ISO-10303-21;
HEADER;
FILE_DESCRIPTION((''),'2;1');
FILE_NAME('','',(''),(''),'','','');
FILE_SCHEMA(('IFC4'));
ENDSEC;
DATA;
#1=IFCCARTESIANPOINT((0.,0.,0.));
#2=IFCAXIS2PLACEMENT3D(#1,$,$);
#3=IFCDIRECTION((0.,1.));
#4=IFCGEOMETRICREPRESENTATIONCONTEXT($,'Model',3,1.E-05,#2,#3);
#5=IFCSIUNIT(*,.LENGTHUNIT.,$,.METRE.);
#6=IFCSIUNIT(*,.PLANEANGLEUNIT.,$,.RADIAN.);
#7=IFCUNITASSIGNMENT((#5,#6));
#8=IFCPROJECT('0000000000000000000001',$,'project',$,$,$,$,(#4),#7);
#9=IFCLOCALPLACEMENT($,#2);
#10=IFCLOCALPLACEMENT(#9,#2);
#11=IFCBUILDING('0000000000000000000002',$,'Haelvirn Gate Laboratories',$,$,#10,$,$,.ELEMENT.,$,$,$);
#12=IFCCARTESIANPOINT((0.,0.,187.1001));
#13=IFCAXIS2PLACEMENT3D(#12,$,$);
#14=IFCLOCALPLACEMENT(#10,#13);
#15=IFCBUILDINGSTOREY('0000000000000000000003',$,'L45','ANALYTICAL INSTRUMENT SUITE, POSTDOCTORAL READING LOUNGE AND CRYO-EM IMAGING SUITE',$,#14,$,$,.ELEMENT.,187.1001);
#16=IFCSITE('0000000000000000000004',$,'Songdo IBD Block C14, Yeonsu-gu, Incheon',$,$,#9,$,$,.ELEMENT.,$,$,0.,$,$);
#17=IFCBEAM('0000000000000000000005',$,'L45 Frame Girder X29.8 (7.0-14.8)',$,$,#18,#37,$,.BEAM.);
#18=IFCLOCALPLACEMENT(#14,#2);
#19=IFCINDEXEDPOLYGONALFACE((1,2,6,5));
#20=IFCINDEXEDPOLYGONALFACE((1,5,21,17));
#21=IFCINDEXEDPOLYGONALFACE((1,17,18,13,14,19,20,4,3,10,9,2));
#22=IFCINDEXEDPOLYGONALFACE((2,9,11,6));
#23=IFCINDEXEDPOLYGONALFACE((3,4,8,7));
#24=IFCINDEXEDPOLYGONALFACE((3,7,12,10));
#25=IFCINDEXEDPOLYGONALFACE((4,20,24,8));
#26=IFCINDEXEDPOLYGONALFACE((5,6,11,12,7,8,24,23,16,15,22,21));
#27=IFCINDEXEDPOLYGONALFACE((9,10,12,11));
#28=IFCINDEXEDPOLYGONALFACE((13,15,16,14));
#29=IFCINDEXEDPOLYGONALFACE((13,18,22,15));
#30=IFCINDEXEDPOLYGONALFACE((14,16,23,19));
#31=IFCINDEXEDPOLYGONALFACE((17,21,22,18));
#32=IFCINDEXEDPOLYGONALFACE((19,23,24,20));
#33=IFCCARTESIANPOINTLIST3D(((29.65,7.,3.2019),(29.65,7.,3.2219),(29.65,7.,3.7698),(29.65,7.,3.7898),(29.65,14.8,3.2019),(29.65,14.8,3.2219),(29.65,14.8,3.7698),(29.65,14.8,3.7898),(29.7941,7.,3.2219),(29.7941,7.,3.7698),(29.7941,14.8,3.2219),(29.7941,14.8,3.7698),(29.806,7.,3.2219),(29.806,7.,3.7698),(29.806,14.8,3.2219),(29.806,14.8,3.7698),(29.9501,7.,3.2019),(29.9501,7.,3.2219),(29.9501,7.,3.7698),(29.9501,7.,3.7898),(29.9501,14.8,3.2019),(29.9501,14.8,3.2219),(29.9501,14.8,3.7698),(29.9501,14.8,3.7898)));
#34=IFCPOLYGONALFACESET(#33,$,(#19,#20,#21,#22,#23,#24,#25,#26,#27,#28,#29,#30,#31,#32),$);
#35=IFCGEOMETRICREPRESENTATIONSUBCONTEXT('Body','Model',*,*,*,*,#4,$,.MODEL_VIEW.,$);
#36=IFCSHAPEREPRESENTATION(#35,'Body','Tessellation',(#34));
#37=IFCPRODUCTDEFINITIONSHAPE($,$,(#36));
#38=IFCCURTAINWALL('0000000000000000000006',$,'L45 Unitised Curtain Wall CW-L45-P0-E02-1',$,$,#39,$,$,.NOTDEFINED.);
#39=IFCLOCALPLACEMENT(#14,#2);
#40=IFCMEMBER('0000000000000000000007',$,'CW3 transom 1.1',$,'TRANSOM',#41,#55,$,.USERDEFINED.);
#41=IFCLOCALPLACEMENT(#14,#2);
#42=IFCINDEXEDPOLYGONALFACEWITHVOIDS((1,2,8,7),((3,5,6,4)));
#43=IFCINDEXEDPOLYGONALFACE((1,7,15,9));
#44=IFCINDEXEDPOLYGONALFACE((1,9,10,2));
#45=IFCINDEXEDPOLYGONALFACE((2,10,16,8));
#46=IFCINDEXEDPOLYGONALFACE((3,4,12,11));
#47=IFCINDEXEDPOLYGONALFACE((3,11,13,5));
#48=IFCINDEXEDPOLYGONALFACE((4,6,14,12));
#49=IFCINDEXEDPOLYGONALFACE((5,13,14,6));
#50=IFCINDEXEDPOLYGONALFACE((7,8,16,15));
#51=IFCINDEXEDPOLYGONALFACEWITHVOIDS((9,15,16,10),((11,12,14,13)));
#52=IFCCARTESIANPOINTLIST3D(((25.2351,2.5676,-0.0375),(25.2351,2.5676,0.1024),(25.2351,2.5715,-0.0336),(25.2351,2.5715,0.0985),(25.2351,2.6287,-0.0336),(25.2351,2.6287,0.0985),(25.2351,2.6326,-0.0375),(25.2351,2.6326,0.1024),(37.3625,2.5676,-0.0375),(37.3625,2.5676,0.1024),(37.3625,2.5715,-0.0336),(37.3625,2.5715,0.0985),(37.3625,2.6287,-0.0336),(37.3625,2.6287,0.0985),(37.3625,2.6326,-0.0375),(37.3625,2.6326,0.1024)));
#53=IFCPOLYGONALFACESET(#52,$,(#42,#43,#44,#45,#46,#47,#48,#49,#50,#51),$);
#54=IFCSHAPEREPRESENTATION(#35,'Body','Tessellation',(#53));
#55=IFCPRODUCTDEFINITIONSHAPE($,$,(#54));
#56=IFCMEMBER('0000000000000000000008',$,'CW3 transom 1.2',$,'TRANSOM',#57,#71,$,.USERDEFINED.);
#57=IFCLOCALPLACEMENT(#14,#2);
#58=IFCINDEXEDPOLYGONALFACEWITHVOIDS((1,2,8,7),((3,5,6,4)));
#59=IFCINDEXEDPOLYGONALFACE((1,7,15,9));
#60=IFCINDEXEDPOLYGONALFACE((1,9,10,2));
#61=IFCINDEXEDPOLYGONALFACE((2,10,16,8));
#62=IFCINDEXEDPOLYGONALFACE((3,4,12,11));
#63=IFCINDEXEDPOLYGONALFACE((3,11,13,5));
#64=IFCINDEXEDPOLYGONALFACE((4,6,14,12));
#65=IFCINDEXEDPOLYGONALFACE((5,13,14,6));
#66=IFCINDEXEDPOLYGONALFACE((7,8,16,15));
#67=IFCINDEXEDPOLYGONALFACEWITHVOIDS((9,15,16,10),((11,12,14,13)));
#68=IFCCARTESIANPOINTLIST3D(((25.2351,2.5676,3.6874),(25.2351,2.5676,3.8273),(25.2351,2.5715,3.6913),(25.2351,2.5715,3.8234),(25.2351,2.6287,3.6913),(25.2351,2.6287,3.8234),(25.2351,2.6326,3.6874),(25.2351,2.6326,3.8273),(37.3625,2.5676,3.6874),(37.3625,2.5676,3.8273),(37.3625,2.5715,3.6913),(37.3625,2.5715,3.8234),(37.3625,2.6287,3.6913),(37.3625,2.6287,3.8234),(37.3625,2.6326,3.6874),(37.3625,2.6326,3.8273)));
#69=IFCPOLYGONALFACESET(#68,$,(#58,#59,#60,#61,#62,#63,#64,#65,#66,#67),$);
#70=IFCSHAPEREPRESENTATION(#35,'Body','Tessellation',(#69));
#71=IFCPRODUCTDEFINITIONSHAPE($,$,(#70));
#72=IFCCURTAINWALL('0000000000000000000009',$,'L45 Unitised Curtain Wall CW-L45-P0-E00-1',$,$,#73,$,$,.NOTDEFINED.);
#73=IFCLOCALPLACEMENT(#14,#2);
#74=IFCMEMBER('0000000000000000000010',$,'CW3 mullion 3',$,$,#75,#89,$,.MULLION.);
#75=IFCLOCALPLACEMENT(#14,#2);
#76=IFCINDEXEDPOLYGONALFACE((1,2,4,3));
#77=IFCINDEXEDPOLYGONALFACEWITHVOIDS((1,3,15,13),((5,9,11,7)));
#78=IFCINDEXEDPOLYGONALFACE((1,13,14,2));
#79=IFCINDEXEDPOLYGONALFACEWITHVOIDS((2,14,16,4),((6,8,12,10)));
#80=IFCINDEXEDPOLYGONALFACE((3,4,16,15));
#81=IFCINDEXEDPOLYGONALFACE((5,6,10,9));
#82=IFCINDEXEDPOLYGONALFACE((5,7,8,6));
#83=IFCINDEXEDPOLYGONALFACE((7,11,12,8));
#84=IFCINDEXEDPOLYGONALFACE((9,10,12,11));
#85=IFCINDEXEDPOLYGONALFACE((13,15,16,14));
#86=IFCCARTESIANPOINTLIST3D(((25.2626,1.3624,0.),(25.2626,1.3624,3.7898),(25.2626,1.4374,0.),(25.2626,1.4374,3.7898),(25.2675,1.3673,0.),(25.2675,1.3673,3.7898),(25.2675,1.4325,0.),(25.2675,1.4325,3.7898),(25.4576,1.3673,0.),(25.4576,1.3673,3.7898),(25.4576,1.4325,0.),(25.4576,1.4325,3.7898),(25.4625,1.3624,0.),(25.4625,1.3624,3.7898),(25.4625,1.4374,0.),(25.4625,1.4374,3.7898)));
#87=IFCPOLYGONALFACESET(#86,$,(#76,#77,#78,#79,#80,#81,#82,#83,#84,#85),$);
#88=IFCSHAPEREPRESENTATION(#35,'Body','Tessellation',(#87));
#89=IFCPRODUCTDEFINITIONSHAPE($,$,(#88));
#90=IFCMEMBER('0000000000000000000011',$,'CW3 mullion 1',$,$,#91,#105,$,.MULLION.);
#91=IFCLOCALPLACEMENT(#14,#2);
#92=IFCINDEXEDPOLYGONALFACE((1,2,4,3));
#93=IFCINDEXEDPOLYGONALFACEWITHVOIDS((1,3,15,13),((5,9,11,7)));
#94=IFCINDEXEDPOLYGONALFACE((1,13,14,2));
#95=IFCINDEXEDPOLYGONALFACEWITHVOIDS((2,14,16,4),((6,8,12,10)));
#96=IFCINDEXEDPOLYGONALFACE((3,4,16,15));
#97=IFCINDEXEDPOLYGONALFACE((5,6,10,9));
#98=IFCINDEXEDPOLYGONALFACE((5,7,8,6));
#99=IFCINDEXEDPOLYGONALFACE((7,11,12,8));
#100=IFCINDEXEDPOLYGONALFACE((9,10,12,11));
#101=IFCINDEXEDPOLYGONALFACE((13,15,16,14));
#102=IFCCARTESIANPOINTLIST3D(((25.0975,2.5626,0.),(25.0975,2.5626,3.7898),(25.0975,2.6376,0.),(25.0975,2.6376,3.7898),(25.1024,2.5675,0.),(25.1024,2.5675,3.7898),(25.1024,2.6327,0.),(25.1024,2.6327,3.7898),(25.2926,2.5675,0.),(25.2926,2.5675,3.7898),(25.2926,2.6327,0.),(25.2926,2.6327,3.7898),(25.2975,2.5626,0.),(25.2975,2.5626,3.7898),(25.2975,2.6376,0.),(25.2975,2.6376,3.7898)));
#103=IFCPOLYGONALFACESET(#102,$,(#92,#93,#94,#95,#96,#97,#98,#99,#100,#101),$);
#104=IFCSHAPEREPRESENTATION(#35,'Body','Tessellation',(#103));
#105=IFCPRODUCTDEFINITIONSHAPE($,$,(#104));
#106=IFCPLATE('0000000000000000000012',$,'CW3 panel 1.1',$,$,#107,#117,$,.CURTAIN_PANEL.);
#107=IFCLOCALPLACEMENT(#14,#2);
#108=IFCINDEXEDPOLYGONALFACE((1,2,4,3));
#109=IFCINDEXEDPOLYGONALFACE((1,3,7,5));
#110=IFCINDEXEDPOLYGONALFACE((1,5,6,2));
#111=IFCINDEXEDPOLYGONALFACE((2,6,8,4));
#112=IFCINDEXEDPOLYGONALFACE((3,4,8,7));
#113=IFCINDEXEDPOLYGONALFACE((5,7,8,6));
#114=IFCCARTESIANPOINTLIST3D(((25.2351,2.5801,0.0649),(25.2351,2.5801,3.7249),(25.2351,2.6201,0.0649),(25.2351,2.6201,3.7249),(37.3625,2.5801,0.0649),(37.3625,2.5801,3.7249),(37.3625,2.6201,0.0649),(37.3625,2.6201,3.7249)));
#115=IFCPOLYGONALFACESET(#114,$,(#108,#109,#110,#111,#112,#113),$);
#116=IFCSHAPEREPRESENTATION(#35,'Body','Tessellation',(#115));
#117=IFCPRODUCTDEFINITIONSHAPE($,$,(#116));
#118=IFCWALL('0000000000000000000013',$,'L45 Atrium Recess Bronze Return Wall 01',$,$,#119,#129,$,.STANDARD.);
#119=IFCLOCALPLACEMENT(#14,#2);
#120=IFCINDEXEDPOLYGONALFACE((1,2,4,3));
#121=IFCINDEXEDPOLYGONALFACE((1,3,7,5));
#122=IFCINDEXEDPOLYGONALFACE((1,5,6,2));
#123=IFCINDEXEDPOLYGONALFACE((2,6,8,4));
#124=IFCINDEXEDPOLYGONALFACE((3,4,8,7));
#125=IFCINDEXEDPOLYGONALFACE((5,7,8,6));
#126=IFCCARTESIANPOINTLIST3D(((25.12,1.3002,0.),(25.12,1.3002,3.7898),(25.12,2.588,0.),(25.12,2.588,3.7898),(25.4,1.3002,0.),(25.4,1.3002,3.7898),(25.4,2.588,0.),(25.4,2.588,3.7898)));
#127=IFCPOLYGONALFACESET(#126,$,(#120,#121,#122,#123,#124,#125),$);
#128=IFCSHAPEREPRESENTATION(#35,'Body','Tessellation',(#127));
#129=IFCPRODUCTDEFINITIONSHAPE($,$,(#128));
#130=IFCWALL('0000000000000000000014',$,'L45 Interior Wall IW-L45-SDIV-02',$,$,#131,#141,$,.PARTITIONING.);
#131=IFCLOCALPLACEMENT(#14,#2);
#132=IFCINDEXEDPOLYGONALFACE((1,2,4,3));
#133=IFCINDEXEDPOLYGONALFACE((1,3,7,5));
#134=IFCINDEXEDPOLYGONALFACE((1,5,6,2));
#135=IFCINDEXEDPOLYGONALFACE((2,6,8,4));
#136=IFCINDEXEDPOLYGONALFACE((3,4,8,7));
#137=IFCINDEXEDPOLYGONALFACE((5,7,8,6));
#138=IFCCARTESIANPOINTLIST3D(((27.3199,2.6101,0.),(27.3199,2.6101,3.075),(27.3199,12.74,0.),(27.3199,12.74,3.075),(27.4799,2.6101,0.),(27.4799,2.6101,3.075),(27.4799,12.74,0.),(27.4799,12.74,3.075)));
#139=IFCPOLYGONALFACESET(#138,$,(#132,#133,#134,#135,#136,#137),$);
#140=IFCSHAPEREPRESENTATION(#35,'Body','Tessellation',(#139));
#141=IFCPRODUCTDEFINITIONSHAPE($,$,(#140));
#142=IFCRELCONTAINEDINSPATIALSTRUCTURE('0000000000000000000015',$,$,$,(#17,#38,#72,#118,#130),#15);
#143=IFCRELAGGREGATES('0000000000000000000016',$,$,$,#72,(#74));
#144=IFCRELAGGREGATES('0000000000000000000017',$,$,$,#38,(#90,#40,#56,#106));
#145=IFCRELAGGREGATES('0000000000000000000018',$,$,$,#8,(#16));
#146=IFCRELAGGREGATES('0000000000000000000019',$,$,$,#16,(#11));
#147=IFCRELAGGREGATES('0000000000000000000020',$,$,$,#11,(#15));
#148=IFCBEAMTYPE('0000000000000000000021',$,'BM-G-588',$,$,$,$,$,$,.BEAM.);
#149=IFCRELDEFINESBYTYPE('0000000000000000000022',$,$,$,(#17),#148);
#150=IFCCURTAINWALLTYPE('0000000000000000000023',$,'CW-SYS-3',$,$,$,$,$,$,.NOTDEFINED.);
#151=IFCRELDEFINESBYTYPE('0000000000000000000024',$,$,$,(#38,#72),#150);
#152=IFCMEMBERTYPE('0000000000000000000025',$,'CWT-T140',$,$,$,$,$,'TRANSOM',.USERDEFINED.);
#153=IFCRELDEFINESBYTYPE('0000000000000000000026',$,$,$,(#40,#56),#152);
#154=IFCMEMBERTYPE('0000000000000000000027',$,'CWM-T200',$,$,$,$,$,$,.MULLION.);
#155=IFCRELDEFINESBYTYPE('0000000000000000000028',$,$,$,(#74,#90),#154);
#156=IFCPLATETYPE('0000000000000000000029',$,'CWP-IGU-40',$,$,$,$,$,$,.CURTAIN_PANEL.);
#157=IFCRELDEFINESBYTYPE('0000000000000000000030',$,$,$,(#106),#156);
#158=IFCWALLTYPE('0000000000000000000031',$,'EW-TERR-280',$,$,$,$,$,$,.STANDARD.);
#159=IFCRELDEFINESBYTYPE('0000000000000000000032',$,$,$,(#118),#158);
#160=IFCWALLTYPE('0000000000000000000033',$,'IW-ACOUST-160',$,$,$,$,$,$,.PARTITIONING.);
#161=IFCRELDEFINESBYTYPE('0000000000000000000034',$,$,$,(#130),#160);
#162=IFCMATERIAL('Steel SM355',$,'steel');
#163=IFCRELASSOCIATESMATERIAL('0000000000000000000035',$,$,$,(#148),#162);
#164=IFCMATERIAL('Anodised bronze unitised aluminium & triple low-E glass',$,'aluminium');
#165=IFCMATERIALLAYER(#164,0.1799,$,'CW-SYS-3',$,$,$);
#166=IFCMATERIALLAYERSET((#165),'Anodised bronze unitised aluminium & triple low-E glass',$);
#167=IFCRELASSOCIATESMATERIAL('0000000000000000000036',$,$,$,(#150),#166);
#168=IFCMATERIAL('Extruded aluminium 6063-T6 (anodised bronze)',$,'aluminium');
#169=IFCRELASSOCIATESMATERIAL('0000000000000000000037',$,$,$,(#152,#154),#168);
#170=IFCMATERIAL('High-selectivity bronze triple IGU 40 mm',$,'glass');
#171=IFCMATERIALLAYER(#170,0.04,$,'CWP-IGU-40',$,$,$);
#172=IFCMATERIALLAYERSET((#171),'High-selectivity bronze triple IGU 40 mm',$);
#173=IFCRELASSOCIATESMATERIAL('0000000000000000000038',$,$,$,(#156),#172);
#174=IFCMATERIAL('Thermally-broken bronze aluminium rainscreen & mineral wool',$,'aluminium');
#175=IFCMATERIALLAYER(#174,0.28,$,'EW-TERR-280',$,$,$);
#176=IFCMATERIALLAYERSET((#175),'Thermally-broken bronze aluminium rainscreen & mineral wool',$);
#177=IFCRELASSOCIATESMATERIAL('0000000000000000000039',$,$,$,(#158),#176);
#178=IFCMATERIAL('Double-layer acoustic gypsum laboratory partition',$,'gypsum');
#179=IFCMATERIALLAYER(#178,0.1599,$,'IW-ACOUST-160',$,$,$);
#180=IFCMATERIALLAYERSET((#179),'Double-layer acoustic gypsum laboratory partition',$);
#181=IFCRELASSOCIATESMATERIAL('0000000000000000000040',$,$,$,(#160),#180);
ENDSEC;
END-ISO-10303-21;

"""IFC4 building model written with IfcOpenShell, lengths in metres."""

from ifc_helpers import new_model, si_unit, direction, frame, frame_2d, origin, origin_2d, place, context, subcontext, project, spatial, rectangle, hollow_rectangle, i_section, extrude, source, transform, mapped, material, layer, layer_set, material_profile, profile_set, type_object, type_shapes, element, aggregate, save


model = new_model("IFC4")

# Units and contexts
model_context = context("Model", 3, precision=1e-05, world=origin(), true_north=direction((0.0, 1.0)))
body_context = subcontext(model_context, "Body", "Model", "MODEL_VIEW")
ifc_project = project(units=[si_unit("LENGTHUNIT", "METRE"), si_unit("PLANEANGLEUNIT", "RADIAN")], contexts=[model_context])

# Site, building, storey
site_placement = place(None, origin())
site = spatial("IfcSite", under=ifc_project, at=site_placement, Name="Songdo IBD Block C14, Yeonsu-gu, Incheon", CompositionType="ELEMENT", RefElevation=0.0)
building_placement = place(site_placement, origin())
building = spatial("IfcBuilding", under=site, at=building_placement, Name="Haelvirn Gate Laboratories", CompositionType="ELEMENT")
storey_placement = place(building_placement, frame((0.0, 0.0, 187.1001)))
storey = spatial("IfcBuildingStorey", under=building, at=storey_placement, Name="L45", Description="ANALYTICAL INSTRUMENT SUITE, POSTDOCTORAL READING LOUNGE AND CRYO-EM IMAGING SUITE", CompositionType="ELEMENT", Elevation=187.1001)

# Shared definitions
ifc_material_1 = material(Name="Steel SM355", Category="steel")

# Beam
ifc_material_profile_1 = material_profile(ifc_material_1, i_section(OverallWidth=0.3, OverallDepth=0.5879, WebThickness=0.012, FlangeThickness=0.02, at=origin_2d()), Name="H-588x300x12x20")
ifc_profile_set_1 = profile_set([ifc_material_profile_1], Name="Steel SM355")
beam_type_1 = type_object("IfcBeamType", Name="BM-G-588", PredefinedType="BEAM", material=ifc_profile_set_1)
shared_shape_1 = source(origin(), body_context, "Body", "SweptSolid", [
    extrude(i_section(OverallWidth=0.3, OverallDepth=0.5879, WebThickness=0.012, FlangeThickness=0.02, at=origin_2d()), origin(), (0.0, 0.0, 1.0), 7.8),
])
type_shapes(beam_type_1, [shared_shape_1])
beam_placement = place(storey_placement, frame((29.8, 7.0, 3.4958), z_axis=(0.0, 1.0, 0.0), x_axis=(-1.0, 0.0, 0.0)))
element("IfcBeam", 1, at=beam_placement, inside=storey, type_object=beam_type_1, Name="L45 Frame Girder X29.8 (7.0-14.8)", PredefinedType="BEAM", context=body_context, shape_type="MappedRepresentation", body=[
    mapped(shared_shape_1, transform((0.0, 0.0, 0.0), scale=1.0)),
])

# Curtain wall, members
ifc_material_2 = material(Name="Anodised bronze unitised aluminium & triple low-E glass", Category="aluminium")
ifc_layer_1 = layer(ifc_material_2, 0.1799, Name="CW-SYS-3")
ifc_layer_set_1 = layer_set([ifc_layer_1], Name="Anodised bronze unitised aluminium & triple low-E glass")
curtain_wall_type = type_object("IfcCurtainWallType", Name="CW-SYS-3", PredefinedType="NOTDEFINED", material=ifc_layer_set_1)
curtain_wall_1_placement = place(storey_placement, origin())
curtain_wall_1 = element("IfcCurtainWall", 2, at=curtain_wall_1_placement, inside=storey, type_object=curtain_wall_type, Name="L45 Unitised Curtain Wall CW-L45-P0-E02-1", PredefinedType="NOTDEFINED")
ifc_material_3 = material(Name="Extruded aluminium 6063-T6 (anodised bronze)", Category="aluminium")
ifc_material_profile_2 = material_profile(ifc_material_3, hollow_rectangle(XDim=0.0649, YDim=0.1399, WallThickness=0.0039, at=origin_2d()), Name="CWT-140x65x4")
ifc_profile_set_2 = profile_set([ifc_material_profile_2], Name="Extruded aluminium 6063-T6 (anodised bronze)")
member_type_1 = type_object("IfcMemberType", Name="CWT-T140", ElementType="TRANSOM", PredefinedType="USERDEFINED", material=ifc_profile_set_2)
shared_shape_2 = source(origin(), body_context, "Body", "SweptSolid", [
    extrude(hollow_rectangle(XDim=0.0649, YDim=0.1399, WallThickness=0.0039, at=origin_2d()), origin(), (0.0, 0.0, 1.0), 12.1274),
])
type_shapes(member_type_1, [shared_shape_2])
member_1_placement = place(storey_placement, frame((25.2351, 2.6001, 0.0325), z_axis=(1.0, 0.0, 0.0), x_axis=(0.0, 1.0, 0.0)))
member_1 = element("IfcMember", 3, at=member_1_placement, type_object=member_type_1, Name="CW3 transom 1.1", ObjectType="TRANSOM", PredefinedType="USERDEFINED", context=body_context, shape_type="MappedRepresentation", body=[
    mapped(shared_shape_2, transform((0.0, 0.0, 0.0), scale=1.0)),
])
member_2_placement = place(storey_placement, frame((25.2351, 2.6001, 3.7573), z_axis=(1.0, 0.0, 0.0), x_axis=(0.0, 1.0, 0.0)))
member_2 = element("IfcMember", 4, at=member_2_placement, type_object=member_type_1, Name="CW3 transom 1.2", ObjectType="TRANSOM", PredefinedType="USERDEFINED", context=body_context, shape_type="MappedRepresentation", body=[
    mapped(shared_shape_2, transform((0.0, 0.0, 0.0), scale=1.0)),
])

# Curtain wall, member
curtain_wall_2_placement = place(storey_placement, origin())
curtain_wall_2 = element("IfcCurtainWall", 5, at=curtain_wall_2_placement, inside=storey, type_object=curtain_wall_type, Name="L45 Unitised Curtain Wall CW-L45-P0-E00-1", PredefinedType="NOTDEFINED")
ifc_material_profile_3 = material_profile(ifc_material_3, hollow_rectangle(XDim=0.075, YDim=0.2, WallThickness=0.0049, at=origin_2d()), Name="CWM-200x75x5")
ifc_profile_set_3 = profile_set([ifc_material_profile_3], Name="Extruded aluminium 6063-T6 (anodised bronze)")
member_type_2 = type_object("IfcMemberType", Name="CWM-T200", PredefinedType="MULLION", material=ifc_profile_set_3)
shared_shape_3 = source(origin(), body_context, "Body", "SweptSolid", [
    extrude(hollow_rectangle(XDim=0.075, YDim=0.2, WallThickness=0.0049, at=origin_2d()), origin(), (0.0, 0.0, 1.0), 3.7898),
])
type_shapes(member_type_2, [shared_shape_3])
member_3_placement = place(storey_placement, frame((25.3625, 1.3999, 0.0), z_axis=(0.0, 0.0, 1.0), x_axis=(0.0, 1.0, 0.0)))
member_3 = element("IfcMember", 6, at=member_3_placement, type_object=member_type_2, Name="CW3 mullion 3", PredefinedType="MULLION", context=body_context, shape_type="MappedRepresentation", body=[
    mapped(shared_shape_3, transform((0.0, 0.0, 0.0), scale=1.0)),
])
aggregate(curtain_wall_2, [member_3])

# Member
member_4_placement = place(storey_placement, frame((25.1975, 2.6001, 0.0), z_axis=(0.0, 0.0, 1.0), x_axis=(0.0, 1.0, 0.0)))
member_4 = element("IfcMember", 7, at=member_4_placement, type_object=member_type_2, Name="CW3 mullion 1", PredefinedType="MULLION", context=body_context, shape_type="MappedRepresentation", body=[
    mapped(shared_shape_3, transform((0.0, 0.0, 0.0), scale=1.0)),
])

# Plate
ifc_material_4 = material(Name="High-selectivity bronze triple IGU 40 mm", Category="glass")
ifc_layer_2 = layer(ifc_material_4, 0.04, Name="CWP-IGU-40")
ifc_layer_set_2 = layer_set([ifc_layer_2], Name="High-selectivity bronze triple IGU 40 mm")
plate_type = type_object("IfcPlateType", Name="CWP-IGU-40", PredefinedType="CURTAIN_PANEL", material=ifc_layer_set_2)
shared_shape_4 = source(origin(), body_context, "Body", "SweptSolid", [
    extrude(rectangle(XDim=12.1274, YDim=0.04, at=origin_2d()), origin(), (0.0, 0.0, 1.0), 3.6599),
])
type_shapes(plate_type, [shared_shape_4])
plate_placement = place(storey_placement, frame((31.2988, 2.6001, 0.0649), z_axis=(0.0, 0.0, 1.0), x_axis=(1.0, 0.0, 0.0)))
plate = element("IfcPlate", 8, at=plate_placement, type_object=plate_type, Name="CW3 panel 1.1", PredefinedType="CURTAIN_PANEL", context=body_context, shape_type="MappedRepresentation", body=[
    mapped(shared_shape_4, transform((0.0, 0.0, 0.0), scale=1.0)),
])
aggregate(curtain_wall_1, [member_4, member_1, member_2, plate])

# Walls
ifc_material_5 = material(Name="Thermally-broken bronze aluminium rainscreen & mineral wool", Category="aluminium")
ifc_layer_3 = layer(ifc_material_5, 0.28, Name="EW-TERR-280")
ifc_layer_set_3 = layer_set([ifc_layer_3], Name="Thermally-broken bronze aluminium rainscreen & mineral wool")
wall_type_1 = type_object("IfcWallType", Name="EW-TERR-280", PredefinedType="STANDARD", material=ifc_layer_set_3)
wall_1_placement = place(storey_placement, frame((25.26, 1.3, 0.0), z_axis=(0.0, 0.0, 1.0), x_axis=(0.0, 1.0, 0.0)))
element("IfcWall", 9, at=wall_1_placement, inside=storey, type_object=wall_type_1, Name="L45 Atrium Recess Bronze Return Wall 01", PredefinedType="STANDARD", context=body_context, shape_type="SweptSolid", body=[
    extrude(rectangle(XDim=1.2878, YDim=0.28, at=frame_2d((0.644, 0.0))), origin(), (0.0, 0.0, 1.0), 3.7898),
])
ifc_material_6 = material(Name="Double-layer acoustic gypsum laboratory partition", Category="gypsum")
ifc_layer_4 = layer(ifc_material_6, 0.1599, Name="IW-ACOUST-160")
ifc_layer_set_4 = layer_set([ifc_layer_4], Name="Double-layer acoustic gypsum laboratory partition")
wall_type_2 = type_object("IfcWallType", Name="IW-ACOUST-160", PredefinedType="PARTITIONING", material=ifc_layer_set_4)
wall_2_placement = place(storey_placement, frame((27.3999, 2.6101, 0.0), z_axis=(0.0, 0.0, 1.0), x_axis=(0.0, 1.0, 0.0)))
element("IfcWall", 10, at=wall_2_placement, inside=storey, type_object=wall_type_2, Name="L45 Interior Wall IW-L45-SDIV-02", PredefinedType="PARTITIONING", context=body_context, shape_type="SweptSolid", body=[
    extrude(rectangle(XDim=10.1299, YDim=0.1599, at=frame_2d((5.0649, 0.0))), origin(), (0.0, 0.0, 1.0), 3.075),
])

save(model, "model.ifc")
